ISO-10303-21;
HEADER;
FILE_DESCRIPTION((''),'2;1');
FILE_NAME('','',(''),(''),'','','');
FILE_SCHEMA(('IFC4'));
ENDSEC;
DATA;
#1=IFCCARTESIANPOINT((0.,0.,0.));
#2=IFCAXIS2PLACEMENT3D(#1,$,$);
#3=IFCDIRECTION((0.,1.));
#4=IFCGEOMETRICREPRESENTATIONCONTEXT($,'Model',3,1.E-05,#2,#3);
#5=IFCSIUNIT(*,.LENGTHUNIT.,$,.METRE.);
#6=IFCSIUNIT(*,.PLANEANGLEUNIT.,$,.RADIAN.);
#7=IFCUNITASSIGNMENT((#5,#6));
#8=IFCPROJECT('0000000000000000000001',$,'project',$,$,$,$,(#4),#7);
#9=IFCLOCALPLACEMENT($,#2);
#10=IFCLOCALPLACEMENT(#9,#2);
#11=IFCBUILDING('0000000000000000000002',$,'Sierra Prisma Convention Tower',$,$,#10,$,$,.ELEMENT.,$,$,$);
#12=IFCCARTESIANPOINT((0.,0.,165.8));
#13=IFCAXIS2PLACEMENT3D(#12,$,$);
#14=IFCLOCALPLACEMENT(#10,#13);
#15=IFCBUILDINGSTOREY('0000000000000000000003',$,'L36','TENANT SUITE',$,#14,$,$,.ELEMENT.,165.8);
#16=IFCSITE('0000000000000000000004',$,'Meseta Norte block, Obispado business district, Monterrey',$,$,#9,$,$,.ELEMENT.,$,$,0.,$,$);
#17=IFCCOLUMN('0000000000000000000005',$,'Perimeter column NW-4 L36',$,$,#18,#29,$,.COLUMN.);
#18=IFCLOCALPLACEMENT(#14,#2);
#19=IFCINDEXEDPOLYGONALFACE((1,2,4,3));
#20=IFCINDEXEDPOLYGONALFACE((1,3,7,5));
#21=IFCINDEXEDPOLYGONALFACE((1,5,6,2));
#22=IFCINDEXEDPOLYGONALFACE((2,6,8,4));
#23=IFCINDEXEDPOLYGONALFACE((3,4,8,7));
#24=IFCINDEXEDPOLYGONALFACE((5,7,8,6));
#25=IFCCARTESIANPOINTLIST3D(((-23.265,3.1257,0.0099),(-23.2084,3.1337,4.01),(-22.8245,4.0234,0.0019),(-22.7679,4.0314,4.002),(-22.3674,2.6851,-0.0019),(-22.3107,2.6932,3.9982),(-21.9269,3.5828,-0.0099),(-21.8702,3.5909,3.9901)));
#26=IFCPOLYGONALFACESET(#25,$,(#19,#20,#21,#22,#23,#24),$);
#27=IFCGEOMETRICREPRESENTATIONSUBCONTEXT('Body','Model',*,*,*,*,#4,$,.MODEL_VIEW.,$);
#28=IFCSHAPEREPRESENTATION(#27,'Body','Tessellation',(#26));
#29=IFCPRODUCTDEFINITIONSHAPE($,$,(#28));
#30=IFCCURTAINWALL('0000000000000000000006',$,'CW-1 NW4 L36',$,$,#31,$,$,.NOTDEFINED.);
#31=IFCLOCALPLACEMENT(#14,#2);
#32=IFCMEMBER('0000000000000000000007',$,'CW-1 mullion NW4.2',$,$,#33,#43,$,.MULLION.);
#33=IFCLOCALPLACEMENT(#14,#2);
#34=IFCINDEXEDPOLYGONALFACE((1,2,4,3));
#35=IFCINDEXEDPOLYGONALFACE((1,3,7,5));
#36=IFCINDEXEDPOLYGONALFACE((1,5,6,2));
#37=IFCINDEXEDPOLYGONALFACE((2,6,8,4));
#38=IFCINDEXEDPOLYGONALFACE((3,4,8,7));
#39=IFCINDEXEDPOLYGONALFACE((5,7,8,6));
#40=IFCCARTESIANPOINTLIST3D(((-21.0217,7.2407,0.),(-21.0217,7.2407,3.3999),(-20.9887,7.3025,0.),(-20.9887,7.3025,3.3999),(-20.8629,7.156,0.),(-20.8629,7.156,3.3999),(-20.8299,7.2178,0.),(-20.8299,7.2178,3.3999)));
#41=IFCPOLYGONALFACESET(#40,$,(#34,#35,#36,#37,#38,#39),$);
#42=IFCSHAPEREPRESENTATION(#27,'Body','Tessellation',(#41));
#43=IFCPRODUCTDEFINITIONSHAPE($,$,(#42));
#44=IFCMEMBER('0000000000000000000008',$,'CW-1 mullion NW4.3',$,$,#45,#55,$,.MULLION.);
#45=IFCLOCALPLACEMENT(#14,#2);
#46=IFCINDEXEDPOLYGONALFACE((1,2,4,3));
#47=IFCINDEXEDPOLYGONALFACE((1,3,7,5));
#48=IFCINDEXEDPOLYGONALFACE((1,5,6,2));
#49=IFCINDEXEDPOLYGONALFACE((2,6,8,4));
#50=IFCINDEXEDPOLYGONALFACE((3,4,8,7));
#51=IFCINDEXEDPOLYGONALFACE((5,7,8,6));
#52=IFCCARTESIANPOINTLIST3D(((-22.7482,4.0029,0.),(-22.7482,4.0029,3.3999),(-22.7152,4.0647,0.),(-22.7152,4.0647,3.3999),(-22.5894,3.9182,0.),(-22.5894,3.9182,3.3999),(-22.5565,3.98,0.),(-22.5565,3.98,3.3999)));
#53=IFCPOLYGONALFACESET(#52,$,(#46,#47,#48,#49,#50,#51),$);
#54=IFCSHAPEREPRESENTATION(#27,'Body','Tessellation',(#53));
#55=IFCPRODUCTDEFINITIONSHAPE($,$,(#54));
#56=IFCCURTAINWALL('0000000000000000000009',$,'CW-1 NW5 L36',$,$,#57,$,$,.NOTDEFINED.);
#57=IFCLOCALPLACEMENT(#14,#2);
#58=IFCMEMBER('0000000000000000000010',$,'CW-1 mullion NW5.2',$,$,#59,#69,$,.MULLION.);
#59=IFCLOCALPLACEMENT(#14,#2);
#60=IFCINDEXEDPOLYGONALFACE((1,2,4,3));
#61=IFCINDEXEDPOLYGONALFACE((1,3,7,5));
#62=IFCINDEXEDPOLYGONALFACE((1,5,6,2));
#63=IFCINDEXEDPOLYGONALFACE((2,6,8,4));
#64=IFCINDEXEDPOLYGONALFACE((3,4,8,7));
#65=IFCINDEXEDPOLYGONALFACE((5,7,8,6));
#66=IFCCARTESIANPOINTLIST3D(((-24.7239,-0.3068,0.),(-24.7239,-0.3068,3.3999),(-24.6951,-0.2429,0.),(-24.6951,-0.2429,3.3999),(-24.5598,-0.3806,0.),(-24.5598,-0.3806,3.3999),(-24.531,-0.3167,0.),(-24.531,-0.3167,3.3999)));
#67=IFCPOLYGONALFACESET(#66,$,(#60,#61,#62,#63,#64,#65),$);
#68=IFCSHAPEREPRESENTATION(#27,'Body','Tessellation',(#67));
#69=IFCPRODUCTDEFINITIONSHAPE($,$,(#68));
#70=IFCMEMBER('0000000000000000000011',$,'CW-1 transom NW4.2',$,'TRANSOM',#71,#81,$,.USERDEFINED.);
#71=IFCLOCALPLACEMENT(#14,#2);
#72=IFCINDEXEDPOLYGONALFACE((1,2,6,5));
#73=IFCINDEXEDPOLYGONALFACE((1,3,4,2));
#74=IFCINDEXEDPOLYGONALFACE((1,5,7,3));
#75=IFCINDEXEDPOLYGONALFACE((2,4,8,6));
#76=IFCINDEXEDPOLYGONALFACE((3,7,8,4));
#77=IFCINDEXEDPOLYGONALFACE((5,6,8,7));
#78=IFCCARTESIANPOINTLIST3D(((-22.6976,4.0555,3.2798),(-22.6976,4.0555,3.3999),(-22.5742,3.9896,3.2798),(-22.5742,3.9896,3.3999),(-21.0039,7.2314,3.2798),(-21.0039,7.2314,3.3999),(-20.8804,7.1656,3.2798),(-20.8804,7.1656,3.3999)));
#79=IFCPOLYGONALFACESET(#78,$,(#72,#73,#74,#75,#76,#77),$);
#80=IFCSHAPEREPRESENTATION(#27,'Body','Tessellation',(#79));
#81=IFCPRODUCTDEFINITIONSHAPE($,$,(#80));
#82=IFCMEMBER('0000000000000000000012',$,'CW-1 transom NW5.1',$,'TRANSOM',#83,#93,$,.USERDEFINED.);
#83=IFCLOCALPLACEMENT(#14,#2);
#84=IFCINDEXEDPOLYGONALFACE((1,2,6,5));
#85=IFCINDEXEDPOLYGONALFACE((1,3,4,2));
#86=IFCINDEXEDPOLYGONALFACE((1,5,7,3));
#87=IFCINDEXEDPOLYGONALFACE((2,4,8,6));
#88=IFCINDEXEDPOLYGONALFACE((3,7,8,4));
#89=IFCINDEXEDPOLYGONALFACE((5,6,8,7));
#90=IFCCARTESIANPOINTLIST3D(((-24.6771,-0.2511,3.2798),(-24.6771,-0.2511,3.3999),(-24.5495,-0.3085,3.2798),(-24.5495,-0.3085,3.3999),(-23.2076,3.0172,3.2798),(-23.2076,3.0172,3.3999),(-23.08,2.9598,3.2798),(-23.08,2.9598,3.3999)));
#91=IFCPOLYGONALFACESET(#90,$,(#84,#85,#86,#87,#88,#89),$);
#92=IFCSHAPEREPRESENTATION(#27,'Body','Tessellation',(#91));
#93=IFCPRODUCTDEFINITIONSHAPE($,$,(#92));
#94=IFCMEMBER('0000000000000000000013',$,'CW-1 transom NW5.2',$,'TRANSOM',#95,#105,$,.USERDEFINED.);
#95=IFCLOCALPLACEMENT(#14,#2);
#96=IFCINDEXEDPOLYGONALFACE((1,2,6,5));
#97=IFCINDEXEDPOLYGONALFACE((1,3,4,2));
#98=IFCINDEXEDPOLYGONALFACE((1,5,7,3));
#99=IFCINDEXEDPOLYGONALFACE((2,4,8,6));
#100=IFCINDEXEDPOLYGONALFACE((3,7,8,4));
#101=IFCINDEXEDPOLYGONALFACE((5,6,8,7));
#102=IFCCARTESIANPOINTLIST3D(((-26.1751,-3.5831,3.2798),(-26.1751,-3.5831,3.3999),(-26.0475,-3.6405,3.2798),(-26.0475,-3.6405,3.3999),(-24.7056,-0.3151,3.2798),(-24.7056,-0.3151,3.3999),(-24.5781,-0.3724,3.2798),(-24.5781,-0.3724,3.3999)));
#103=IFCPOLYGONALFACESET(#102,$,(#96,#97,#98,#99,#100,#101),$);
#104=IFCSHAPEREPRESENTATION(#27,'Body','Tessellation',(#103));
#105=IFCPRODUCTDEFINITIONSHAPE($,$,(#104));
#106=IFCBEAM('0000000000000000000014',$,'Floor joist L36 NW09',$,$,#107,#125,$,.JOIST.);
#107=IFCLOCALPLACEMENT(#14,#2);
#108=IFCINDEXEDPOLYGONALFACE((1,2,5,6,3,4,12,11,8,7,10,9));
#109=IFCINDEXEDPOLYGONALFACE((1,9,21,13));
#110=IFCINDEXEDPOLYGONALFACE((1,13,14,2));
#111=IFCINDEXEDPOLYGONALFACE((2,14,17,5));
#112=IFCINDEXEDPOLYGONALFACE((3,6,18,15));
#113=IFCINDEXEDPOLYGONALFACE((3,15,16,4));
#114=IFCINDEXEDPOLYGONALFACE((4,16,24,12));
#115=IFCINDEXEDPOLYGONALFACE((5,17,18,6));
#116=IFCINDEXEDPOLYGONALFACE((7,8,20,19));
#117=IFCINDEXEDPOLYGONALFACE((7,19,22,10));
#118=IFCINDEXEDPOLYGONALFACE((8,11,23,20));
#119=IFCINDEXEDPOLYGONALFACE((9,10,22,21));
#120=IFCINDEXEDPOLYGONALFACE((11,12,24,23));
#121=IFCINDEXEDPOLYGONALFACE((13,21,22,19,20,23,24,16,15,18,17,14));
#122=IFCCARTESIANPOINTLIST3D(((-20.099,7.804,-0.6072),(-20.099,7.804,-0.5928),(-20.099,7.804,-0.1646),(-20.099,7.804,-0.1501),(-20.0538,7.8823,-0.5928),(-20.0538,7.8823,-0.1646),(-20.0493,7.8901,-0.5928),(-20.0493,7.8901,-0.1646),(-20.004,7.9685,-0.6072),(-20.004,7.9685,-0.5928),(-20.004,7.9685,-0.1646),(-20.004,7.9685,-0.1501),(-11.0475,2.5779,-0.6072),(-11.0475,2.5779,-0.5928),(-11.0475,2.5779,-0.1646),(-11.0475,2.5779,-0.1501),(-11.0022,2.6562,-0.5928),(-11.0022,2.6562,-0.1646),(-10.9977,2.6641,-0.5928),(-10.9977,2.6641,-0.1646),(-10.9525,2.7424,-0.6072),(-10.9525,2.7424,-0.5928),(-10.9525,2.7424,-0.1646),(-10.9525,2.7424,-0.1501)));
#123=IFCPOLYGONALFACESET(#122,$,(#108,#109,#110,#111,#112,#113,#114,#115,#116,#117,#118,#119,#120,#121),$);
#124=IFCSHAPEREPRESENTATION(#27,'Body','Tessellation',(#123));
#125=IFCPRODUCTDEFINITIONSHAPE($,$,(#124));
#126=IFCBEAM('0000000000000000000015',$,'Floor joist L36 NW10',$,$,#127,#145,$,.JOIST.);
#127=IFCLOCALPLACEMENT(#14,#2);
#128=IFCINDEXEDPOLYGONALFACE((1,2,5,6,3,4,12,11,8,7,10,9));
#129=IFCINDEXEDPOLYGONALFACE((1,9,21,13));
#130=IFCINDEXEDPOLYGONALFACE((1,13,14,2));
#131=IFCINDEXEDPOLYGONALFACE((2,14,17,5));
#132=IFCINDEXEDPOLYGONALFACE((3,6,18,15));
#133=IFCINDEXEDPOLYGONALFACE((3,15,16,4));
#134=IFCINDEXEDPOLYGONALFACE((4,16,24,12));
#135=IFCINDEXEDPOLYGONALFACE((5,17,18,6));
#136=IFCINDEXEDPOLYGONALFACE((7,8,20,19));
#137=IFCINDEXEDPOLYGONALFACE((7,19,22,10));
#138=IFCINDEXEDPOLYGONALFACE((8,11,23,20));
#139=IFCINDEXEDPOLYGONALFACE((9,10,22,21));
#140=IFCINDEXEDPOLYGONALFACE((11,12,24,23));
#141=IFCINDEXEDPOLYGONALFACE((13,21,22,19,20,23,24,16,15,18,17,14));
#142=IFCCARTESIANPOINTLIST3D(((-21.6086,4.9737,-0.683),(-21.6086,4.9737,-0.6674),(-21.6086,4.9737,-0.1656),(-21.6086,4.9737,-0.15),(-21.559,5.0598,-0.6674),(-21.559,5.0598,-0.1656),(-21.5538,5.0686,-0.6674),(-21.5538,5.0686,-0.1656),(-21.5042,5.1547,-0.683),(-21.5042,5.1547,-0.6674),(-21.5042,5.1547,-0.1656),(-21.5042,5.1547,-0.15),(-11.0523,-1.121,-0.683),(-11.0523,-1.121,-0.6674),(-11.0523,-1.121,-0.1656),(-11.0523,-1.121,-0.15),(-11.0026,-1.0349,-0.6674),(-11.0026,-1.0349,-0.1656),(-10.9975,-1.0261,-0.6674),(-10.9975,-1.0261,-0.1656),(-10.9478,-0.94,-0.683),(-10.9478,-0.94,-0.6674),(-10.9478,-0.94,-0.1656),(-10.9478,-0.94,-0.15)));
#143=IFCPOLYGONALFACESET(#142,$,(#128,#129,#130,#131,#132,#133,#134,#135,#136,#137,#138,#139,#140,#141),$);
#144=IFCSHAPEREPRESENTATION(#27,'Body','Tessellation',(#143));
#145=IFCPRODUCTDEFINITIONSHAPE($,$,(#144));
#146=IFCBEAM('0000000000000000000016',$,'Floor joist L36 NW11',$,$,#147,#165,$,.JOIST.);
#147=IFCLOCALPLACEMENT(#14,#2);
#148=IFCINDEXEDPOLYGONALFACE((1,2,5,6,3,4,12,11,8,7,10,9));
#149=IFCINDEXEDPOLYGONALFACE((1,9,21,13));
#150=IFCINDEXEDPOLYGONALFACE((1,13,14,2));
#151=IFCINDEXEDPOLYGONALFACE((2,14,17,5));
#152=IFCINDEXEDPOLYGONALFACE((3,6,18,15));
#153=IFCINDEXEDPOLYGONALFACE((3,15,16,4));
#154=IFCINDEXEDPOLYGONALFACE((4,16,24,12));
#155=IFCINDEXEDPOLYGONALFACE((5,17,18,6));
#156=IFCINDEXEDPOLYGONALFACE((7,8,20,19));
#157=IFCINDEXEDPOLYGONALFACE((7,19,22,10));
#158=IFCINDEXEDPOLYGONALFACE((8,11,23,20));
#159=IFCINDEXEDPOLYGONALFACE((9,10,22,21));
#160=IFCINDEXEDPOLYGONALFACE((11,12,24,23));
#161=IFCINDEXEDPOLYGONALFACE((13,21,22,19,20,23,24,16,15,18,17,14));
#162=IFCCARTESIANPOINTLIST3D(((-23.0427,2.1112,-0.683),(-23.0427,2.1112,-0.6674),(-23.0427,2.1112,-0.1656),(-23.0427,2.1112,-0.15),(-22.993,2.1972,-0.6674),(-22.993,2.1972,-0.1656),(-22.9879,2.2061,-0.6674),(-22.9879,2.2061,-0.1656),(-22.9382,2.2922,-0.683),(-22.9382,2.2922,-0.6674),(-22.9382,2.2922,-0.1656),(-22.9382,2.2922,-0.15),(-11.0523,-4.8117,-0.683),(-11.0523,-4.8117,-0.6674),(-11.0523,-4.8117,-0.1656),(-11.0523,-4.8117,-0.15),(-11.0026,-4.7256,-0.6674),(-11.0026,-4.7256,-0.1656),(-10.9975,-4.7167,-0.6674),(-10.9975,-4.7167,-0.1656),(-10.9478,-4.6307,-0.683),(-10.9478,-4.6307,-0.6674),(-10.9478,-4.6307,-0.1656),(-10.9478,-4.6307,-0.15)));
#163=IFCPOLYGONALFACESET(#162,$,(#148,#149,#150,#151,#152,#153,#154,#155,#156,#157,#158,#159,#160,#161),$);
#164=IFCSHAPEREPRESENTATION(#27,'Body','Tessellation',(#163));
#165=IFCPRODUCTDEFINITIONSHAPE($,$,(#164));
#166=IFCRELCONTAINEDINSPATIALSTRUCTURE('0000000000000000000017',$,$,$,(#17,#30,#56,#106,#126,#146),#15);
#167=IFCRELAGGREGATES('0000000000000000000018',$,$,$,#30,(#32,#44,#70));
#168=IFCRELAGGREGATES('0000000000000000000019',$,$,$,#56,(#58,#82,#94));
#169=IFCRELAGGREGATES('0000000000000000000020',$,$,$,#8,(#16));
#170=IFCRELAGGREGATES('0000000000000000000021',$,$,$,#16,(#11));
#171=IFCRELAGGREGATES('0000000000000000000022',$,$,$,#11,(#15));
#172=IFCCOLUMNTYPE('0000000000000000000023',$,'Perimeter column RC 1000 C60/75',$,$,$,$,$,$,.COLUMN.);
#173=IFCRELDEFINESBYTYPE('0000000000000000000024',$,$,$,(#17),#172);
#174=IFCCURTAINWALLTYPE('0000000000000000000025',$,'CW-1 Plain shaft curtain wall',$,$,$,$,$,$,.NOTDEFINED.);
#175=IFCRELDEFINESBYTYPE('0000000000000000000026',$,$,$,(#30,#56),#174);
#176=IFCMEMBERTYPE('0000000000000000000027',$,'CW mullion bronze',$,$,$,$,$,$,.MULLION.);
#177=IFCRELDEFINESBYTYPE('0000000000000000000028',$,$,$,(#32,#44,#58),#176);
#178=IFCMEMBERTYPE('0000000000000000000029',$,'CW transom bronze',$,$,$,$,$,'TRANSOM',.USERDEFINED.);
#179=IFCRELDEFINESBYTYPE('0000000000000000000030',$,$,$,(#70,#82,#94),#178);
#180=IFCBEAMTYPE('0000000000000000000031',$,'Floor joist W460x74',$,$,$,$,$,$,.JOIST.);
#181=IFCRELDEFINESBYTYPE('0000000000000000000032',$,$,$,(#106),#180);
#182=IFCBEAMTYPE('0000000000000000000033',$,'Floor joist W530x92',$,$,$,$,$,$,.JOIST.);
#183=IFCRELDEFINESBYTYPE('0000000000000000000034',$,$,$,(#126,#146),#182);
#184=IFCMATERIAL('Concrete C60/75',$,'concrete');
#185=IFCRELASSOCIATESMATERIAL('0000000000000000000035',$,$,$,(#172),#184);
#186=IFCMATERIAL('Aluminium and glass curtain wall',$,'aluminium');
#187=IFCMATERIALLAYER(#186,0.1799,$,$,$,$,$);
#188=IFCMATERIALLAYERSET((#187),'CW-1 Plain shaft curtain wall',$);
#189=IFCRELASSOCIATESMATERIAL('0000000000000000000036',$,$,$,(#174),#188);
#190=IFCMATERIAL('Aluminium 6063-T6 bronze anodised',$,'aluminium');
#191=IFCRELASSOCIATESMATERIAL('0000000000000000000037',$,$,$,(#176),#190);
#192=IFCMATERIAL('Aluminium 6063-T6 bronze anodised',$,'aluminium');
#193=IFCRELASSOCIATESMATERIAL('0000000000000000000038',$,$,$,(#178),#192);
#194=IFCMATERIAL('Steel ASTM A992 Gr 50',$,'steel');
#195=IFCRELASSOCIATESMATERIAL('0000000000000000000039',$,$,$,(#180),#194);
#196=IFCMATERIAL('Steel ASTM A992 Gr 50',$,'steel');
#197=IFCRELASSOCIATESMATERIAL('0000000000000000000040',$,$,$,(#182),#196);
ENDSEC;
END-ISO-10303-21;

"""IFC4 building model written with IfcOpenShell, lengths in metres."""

from ifc_helpers import new_model, si_unit, direction, frame, origin, origin_2d, place, context, subcontext, project, spatial, rectangle, i_section, extrude, material, layer, layer_set, material_profile, profile_set, type_object, element, aggregate, save


model = new_model("IFC4")

# Units and contexts
model_context = context("Model", 3, precision=1e-05, world=origin(), true_north=direction((0.0, 1.0)))
body_context = subcontext(model_context, "Body", "Model", "MODEL_VIEW")
ifc_project = project(units=[si_unit("LENGTHUNIT", "METRE"), si_unit("PLANEANGLEUNIT", "RADIAN")], contexts=[model_context])

# Site, building, storey
site_placement = place(None, origin())
site = spatial("IfcSite", under=ifc_project, at=site_placement, Name="Meseta Norte block, Obispado business district, Monterrey", CompositionType="ELEMENT", RefElevation=0.0)
building_placement = place(site_placement, origin())
building = spatial("IfcBuilding", under=site, at=building_placement, Name="Sierra Prisma Convention Tower", CompositionType="ELEMENT")
storey_placement = place(building_placement, frame((0.0, 0.0, 165.8)))
storey = spatial("IfcBuildingStorey", under=building, at=storey_placement, Name="L36", Description="TENANT SUITE", CompositionType="ELEMENT", Elevation=165.8)

# Column
ifc_material_1 = material(Name="Concrete C60/75", Category="concrete")
ifc_material_profile_1 = material_profile(ifc_material_1, rectangle(XDim=1.0, YDim=1.0, at=origin_2d()), Name="Perimeter column RC 1000 C60/75")
ifc_profile_set_1 = profile_set([ifc_material_profile_1], Name="Concrete C60/75")
column_type = type_object("IfcColumnType", Name="Perimeter column RC 1000 C60/75", PredefinedType="COLUMN", material=ifc_profile_set_1)
column_placement = place(storey_placement, frame((-22.5959, 3.3542, 0.0), z_axis=(0.014159, 0.002014, 0.999898), x_axis=(0.440505, 0.897714, -0.008046)))
element("IfcColumn", 1, at=column_placement, inside=storey, type_object=column_type, Name="Perimeter column NW-4 L36", PredefinedType="COLUMN", context=body_context, shape_type="SweptSolid", body=[
    extrude(rectangle(XDim=1.0, YDim=1.0, at=origin_2d()), origin(), (0.0, 0.0, 1.0), 4.0005),
])

# Curtain wall, members
ifc_material_2 = material(Name="Aluminium and glass curtain wall", Category="aluminium")
ifc_layer_1 = layer(ifc_material_2, 0.1799)
ifc_layer_set_1 = layer_set([ifc_layer_1], Name="CW-1 Plain shaft curtain wall")
curtain_wall_type = type_object("IfcCurtainWallType", Name="CW-1 Plain shaft curtain wall", PredefinedType="NOTDEFINED", material=ifc_layer_set_1)
curtain_wall_1_placement = place(storey_placement, origin())
curtain_wall_1 = element("IfcCurtainWall", 2, at=curtain_wall_1_placement, inside=storey, type_object=curtain_wall_type, Name="CW-1 NW4 L36", PredefinedType="NOTDEFINED")
ifc_material_3 = material(Name="Aluminium 6063-T6 bronze anodised", Category="aluminium")
ifc_material_profile_2 = material_profile(ifc_material_3, rectangle(XDim=0.1799, YDim=0.0701, at=origin_2d()), Name="ALU MULLION 70x180")
ifc_profile_set_2 = profile_set([ifc_material_profile_2], Name="Aluminium 6063-T6 bronze anodised")
member_type_1 = type_object("IfcMemberType", Name="CW mullion bronze", PredefinedType="MULLION", material=ifc_profile_set_2)
member_1_placement = place(storey_placement, frame((-20.9258, 7.2292, 0.0), z_axis=(0.0, 0.0, 1.0), x_axis=(0.882378, -0.470541, 0.0)))
member_1 = element("IfcMember", 3, at=member_1_placement, type_object=member_type_1, Name="CW-1 mullion NW4.2", PredefinedType="MULLION", context=body_context, shape_type="SweptSolid", body=[
    extrude(rectangle(XDim=0.1799, YDim=0.0701, at=origin_2d()), origin(), (0.0, 0.0, 1.0), 3.3999),
])
member_2_placement = place(storey_placement, frame((-22.6523, 3.9915, 0.0), z_axis=(0.0, 0.0, 1.0), x_axis=(0.882378, -0.470541, 0.0)))
member_2 = element("IfcMember", 4, at=member_2_placement, type_object=member_type_1, Name="CW-1 mullion NW4.3", PredefinedType="MULLION", context=body_context, shape_type="SweptSolid", body=[
    extrude(rectangle(XDim=0.1799, YDim=0.0701, at=origin_2d()), origin(), (0.0, 0.0, 1.0), 3.3999),
])

# Curtain wall, member
curtain_wall_2_placement = place(storey_placement, origin())
curtain_wall_2 = element("IfcCurtainWall", 5, at=curtain_wall_2_placement, inside=storey, type_object=curtain_wall_type, Name="CW-1 NW5 L36", PredefinedType="NOTDEFINED")
member_3_placement = place(storey_placement, frame((-24.6274, -0.3118, 0.0), z_axis=(0.0, 0.0, 1.0), x_axis=(0.91206, -0.410056, 0.0)))
member_3 = element("IfcMember", 6, at=member_3_placement, type_object=member_type_1, Name="CW-1 mullion NW5.2", PredefinedType="MULLION", context=body_context, shape_type="SweptSolid", body=[
    extrude(rectangle(XDim=0.1799, YDim=0.0701, at=origin_2d()), origin(), (0.0, 0.0, 1.0), 3.3999),
])

# Members
ifc_material_4 = material(Name="Aluminium 6063-T6 bronze anodised", Category="aluminium")
ifc_material_profile_3 = material_profile(ifc_material_4, rectangle(XDim=0.1399, YDim=0.1201, at=origin_2d()), Name="ALU TRANSOM 120x140")
ifc_profile_set_3 = profile_set([ifc_material_profile_3], Name="Aluminium 6063-T6 bronze anodised")
member_type_2 = type_object("IfcMemberType", Name="CW transom bronze", ElementType="TRANSOM", PredefinedType="USERDEFINED", material=ifc_profile_set_3)
member_4_placement = place(storey_placement, frame((-20.9421, 7.1985, 3.3398), z_axis=(-0.470581, -0.882357, 0.0), x_axis=(0.882357, -0.470581, 0.0)))
member_4 = element("IfcMember", 7, at=member_4_placement, type_object=member_type_2, Name="CW-1 transom NW4.2", ObjectType="TRANSOM", PredefinedType="USERDEFINED", context=body_context, shape_type="SweptSolid", body=[
    extrude(rectangle(XDim=0.1399, YDim=0.1201, at=origin_2d()), origin(), (0.0, 0.0, 1.0), 3.5994),
])
member_5_placement = place(storey_placement, frame((-23.1438, 2.9885, 3.3398), z_axis=(-0.410073, -0.912053, 0.0), x_axis=(0.912053, -0.410073, 0.0)))
member_5 = element("IfcMember", 8, at=member_5_placement, type_object=member_type_2, Name="CW-1 transom NW5.1", ObjectType="TRANSOM", PredefinedType="USERDEFINED", context=body_context, shape_type="SweptSolid", body=[
    extrude(rectangle(XDim=0.1399, YDim=0.1201, at=origin_2d()), origin(), (0.0, 0.0, 1.0), 3.5835),
])
member_6_placement = place(storey_placement, frame((-24.6418, -0.3438, 3.3398), z_axis=(-0.410098, -0.912041, 0.0), x_axis=(0.912041, -0.410098, 0.0)))
member_6 = element("IfcMember", 9, at=member_6_placement, type_object=member_type_2, Name="CW-1 transom NW5.2", ObjectType="TRANSOM", PredefinedType="USERDEFINED", context=body_context, shape_type="SweptSolid", body=[
    extrude(rectangle(XDim=0.1399, YDim=0.1201, at=origin_2d()), origin(), (0.0, 0.0, 1.0), 3.5833),
])

# Beams
ifc_material_5 = material(Name="Steel ASTM A992 Gr 50", Category="steel")
ifc_material_profile_4 = material_profile(ifc_material_5, i_section(OverallWidth=0.1899, OverallDepth=0.457, WebThickness=0.009, FlangeThickness=0.0144, at=origin_2d()), Name="W460x74")
ifc_profile_set_4 = profile_set([ifc_material_profile_4], Name="Steel ASTM A992 Gr 50")
beam_type_1 = type_object("IfcBeamType", Name="Floor joist W460x74", PredefinedType="JOIST", material=ifc_profile_set_4)
beam_1_placement = place(storey_placement, frame((-20.0515, 7.8862, -0.3787), z_axis=(0.866018, -0.500013, 0.0), x_axis=(0.500013, 0.866018, 0.0)))
element("IfcBeam", 10, at=beam_1_placement, inside=storey, type_object=beam_type_1, Name="Floor joist L36 NW09", PredefinedType="JOIST", context=body_context, shape_type="SweptSolid", body=[
    extrude(i_section(OverallWidth=0.1899, OverallDepth=0.457, WebThickness=0.009, FlangeThickness=0.0144, at=origin_2d()), origin(), (0.0, 0.0, 1.0), 10.4519),
])
ifc_material_6 = material(Name="Steel ASTM A992 Gr 50", Category="steel")
ifc_material_profile_5 = material_profile(ifc_material_6, i_section(OverallWidth=0.209, OverallDepth=0.533, WebThickness=0.0103, FlangeThickness=0.0156, at=origin_2d()), Name="W530x92")
ifc_profile_set_5 = profile_set([ifc_material_profile_5], Name="Steel ASTM A992 Gr 50")
beam_type_2 = type_object("IfcBeamType", Name="Floor joist W530x92", PredefinedType="JOIST", material=ifc_profile_set_5)
beam_2_placement = place(storey_placement, frame((-21.5564, 5.0642, -0.4165), z_axis=(0.866026, -0.499999, 0.0), x_axis=(0.499999, 0.866026, 0.0)))
element("IfcBeam", 11, at=beam_2_placement, inside=storey, type_object=beam_type_2, Name="Floor joist L36 NW10", PredefinedType="JOIST", context=body_context, shape_type="SweptSolid", body=[
    extrude(i_section(OverallWidth=0.209, OverallDepth=0.533, WebThickness=0.0103, FlangeThickness=0.0156, at=origin_2d()), origin(), (0.0, 0.0, 1.0), 12.1895),
])
beam_3_placement = place(storey_placement, frame((-22.9905, 2.2017, -0.4165), z_axis=(0.866021, -0.500008, 0.0), x_axis=(0.500008, 0.866021, 0.0)))
element("IfcBeam", 12, at=beam_3_placement, inside=storey, type_object=beam_type_2, Name="Floor joist L36 NW11", PredefinedType="JOIST", context=body_context, shape_type="SweptSolid", body=[
    extrude(i_section(OverallWidth=0.209, OverallDepth=0.533, WebThickness=0.0103, FlangeThickness=0.0156, at=origin_2d()), origin(), (0.0, 0.0, 1.0), 13.8455),
])

aggregate(curtain_wall_1, [member_1, member_2, member_4])
aggregate(curtain_wall_2, [member_3, member_5, member_6])

save(model, "model.ifc")
